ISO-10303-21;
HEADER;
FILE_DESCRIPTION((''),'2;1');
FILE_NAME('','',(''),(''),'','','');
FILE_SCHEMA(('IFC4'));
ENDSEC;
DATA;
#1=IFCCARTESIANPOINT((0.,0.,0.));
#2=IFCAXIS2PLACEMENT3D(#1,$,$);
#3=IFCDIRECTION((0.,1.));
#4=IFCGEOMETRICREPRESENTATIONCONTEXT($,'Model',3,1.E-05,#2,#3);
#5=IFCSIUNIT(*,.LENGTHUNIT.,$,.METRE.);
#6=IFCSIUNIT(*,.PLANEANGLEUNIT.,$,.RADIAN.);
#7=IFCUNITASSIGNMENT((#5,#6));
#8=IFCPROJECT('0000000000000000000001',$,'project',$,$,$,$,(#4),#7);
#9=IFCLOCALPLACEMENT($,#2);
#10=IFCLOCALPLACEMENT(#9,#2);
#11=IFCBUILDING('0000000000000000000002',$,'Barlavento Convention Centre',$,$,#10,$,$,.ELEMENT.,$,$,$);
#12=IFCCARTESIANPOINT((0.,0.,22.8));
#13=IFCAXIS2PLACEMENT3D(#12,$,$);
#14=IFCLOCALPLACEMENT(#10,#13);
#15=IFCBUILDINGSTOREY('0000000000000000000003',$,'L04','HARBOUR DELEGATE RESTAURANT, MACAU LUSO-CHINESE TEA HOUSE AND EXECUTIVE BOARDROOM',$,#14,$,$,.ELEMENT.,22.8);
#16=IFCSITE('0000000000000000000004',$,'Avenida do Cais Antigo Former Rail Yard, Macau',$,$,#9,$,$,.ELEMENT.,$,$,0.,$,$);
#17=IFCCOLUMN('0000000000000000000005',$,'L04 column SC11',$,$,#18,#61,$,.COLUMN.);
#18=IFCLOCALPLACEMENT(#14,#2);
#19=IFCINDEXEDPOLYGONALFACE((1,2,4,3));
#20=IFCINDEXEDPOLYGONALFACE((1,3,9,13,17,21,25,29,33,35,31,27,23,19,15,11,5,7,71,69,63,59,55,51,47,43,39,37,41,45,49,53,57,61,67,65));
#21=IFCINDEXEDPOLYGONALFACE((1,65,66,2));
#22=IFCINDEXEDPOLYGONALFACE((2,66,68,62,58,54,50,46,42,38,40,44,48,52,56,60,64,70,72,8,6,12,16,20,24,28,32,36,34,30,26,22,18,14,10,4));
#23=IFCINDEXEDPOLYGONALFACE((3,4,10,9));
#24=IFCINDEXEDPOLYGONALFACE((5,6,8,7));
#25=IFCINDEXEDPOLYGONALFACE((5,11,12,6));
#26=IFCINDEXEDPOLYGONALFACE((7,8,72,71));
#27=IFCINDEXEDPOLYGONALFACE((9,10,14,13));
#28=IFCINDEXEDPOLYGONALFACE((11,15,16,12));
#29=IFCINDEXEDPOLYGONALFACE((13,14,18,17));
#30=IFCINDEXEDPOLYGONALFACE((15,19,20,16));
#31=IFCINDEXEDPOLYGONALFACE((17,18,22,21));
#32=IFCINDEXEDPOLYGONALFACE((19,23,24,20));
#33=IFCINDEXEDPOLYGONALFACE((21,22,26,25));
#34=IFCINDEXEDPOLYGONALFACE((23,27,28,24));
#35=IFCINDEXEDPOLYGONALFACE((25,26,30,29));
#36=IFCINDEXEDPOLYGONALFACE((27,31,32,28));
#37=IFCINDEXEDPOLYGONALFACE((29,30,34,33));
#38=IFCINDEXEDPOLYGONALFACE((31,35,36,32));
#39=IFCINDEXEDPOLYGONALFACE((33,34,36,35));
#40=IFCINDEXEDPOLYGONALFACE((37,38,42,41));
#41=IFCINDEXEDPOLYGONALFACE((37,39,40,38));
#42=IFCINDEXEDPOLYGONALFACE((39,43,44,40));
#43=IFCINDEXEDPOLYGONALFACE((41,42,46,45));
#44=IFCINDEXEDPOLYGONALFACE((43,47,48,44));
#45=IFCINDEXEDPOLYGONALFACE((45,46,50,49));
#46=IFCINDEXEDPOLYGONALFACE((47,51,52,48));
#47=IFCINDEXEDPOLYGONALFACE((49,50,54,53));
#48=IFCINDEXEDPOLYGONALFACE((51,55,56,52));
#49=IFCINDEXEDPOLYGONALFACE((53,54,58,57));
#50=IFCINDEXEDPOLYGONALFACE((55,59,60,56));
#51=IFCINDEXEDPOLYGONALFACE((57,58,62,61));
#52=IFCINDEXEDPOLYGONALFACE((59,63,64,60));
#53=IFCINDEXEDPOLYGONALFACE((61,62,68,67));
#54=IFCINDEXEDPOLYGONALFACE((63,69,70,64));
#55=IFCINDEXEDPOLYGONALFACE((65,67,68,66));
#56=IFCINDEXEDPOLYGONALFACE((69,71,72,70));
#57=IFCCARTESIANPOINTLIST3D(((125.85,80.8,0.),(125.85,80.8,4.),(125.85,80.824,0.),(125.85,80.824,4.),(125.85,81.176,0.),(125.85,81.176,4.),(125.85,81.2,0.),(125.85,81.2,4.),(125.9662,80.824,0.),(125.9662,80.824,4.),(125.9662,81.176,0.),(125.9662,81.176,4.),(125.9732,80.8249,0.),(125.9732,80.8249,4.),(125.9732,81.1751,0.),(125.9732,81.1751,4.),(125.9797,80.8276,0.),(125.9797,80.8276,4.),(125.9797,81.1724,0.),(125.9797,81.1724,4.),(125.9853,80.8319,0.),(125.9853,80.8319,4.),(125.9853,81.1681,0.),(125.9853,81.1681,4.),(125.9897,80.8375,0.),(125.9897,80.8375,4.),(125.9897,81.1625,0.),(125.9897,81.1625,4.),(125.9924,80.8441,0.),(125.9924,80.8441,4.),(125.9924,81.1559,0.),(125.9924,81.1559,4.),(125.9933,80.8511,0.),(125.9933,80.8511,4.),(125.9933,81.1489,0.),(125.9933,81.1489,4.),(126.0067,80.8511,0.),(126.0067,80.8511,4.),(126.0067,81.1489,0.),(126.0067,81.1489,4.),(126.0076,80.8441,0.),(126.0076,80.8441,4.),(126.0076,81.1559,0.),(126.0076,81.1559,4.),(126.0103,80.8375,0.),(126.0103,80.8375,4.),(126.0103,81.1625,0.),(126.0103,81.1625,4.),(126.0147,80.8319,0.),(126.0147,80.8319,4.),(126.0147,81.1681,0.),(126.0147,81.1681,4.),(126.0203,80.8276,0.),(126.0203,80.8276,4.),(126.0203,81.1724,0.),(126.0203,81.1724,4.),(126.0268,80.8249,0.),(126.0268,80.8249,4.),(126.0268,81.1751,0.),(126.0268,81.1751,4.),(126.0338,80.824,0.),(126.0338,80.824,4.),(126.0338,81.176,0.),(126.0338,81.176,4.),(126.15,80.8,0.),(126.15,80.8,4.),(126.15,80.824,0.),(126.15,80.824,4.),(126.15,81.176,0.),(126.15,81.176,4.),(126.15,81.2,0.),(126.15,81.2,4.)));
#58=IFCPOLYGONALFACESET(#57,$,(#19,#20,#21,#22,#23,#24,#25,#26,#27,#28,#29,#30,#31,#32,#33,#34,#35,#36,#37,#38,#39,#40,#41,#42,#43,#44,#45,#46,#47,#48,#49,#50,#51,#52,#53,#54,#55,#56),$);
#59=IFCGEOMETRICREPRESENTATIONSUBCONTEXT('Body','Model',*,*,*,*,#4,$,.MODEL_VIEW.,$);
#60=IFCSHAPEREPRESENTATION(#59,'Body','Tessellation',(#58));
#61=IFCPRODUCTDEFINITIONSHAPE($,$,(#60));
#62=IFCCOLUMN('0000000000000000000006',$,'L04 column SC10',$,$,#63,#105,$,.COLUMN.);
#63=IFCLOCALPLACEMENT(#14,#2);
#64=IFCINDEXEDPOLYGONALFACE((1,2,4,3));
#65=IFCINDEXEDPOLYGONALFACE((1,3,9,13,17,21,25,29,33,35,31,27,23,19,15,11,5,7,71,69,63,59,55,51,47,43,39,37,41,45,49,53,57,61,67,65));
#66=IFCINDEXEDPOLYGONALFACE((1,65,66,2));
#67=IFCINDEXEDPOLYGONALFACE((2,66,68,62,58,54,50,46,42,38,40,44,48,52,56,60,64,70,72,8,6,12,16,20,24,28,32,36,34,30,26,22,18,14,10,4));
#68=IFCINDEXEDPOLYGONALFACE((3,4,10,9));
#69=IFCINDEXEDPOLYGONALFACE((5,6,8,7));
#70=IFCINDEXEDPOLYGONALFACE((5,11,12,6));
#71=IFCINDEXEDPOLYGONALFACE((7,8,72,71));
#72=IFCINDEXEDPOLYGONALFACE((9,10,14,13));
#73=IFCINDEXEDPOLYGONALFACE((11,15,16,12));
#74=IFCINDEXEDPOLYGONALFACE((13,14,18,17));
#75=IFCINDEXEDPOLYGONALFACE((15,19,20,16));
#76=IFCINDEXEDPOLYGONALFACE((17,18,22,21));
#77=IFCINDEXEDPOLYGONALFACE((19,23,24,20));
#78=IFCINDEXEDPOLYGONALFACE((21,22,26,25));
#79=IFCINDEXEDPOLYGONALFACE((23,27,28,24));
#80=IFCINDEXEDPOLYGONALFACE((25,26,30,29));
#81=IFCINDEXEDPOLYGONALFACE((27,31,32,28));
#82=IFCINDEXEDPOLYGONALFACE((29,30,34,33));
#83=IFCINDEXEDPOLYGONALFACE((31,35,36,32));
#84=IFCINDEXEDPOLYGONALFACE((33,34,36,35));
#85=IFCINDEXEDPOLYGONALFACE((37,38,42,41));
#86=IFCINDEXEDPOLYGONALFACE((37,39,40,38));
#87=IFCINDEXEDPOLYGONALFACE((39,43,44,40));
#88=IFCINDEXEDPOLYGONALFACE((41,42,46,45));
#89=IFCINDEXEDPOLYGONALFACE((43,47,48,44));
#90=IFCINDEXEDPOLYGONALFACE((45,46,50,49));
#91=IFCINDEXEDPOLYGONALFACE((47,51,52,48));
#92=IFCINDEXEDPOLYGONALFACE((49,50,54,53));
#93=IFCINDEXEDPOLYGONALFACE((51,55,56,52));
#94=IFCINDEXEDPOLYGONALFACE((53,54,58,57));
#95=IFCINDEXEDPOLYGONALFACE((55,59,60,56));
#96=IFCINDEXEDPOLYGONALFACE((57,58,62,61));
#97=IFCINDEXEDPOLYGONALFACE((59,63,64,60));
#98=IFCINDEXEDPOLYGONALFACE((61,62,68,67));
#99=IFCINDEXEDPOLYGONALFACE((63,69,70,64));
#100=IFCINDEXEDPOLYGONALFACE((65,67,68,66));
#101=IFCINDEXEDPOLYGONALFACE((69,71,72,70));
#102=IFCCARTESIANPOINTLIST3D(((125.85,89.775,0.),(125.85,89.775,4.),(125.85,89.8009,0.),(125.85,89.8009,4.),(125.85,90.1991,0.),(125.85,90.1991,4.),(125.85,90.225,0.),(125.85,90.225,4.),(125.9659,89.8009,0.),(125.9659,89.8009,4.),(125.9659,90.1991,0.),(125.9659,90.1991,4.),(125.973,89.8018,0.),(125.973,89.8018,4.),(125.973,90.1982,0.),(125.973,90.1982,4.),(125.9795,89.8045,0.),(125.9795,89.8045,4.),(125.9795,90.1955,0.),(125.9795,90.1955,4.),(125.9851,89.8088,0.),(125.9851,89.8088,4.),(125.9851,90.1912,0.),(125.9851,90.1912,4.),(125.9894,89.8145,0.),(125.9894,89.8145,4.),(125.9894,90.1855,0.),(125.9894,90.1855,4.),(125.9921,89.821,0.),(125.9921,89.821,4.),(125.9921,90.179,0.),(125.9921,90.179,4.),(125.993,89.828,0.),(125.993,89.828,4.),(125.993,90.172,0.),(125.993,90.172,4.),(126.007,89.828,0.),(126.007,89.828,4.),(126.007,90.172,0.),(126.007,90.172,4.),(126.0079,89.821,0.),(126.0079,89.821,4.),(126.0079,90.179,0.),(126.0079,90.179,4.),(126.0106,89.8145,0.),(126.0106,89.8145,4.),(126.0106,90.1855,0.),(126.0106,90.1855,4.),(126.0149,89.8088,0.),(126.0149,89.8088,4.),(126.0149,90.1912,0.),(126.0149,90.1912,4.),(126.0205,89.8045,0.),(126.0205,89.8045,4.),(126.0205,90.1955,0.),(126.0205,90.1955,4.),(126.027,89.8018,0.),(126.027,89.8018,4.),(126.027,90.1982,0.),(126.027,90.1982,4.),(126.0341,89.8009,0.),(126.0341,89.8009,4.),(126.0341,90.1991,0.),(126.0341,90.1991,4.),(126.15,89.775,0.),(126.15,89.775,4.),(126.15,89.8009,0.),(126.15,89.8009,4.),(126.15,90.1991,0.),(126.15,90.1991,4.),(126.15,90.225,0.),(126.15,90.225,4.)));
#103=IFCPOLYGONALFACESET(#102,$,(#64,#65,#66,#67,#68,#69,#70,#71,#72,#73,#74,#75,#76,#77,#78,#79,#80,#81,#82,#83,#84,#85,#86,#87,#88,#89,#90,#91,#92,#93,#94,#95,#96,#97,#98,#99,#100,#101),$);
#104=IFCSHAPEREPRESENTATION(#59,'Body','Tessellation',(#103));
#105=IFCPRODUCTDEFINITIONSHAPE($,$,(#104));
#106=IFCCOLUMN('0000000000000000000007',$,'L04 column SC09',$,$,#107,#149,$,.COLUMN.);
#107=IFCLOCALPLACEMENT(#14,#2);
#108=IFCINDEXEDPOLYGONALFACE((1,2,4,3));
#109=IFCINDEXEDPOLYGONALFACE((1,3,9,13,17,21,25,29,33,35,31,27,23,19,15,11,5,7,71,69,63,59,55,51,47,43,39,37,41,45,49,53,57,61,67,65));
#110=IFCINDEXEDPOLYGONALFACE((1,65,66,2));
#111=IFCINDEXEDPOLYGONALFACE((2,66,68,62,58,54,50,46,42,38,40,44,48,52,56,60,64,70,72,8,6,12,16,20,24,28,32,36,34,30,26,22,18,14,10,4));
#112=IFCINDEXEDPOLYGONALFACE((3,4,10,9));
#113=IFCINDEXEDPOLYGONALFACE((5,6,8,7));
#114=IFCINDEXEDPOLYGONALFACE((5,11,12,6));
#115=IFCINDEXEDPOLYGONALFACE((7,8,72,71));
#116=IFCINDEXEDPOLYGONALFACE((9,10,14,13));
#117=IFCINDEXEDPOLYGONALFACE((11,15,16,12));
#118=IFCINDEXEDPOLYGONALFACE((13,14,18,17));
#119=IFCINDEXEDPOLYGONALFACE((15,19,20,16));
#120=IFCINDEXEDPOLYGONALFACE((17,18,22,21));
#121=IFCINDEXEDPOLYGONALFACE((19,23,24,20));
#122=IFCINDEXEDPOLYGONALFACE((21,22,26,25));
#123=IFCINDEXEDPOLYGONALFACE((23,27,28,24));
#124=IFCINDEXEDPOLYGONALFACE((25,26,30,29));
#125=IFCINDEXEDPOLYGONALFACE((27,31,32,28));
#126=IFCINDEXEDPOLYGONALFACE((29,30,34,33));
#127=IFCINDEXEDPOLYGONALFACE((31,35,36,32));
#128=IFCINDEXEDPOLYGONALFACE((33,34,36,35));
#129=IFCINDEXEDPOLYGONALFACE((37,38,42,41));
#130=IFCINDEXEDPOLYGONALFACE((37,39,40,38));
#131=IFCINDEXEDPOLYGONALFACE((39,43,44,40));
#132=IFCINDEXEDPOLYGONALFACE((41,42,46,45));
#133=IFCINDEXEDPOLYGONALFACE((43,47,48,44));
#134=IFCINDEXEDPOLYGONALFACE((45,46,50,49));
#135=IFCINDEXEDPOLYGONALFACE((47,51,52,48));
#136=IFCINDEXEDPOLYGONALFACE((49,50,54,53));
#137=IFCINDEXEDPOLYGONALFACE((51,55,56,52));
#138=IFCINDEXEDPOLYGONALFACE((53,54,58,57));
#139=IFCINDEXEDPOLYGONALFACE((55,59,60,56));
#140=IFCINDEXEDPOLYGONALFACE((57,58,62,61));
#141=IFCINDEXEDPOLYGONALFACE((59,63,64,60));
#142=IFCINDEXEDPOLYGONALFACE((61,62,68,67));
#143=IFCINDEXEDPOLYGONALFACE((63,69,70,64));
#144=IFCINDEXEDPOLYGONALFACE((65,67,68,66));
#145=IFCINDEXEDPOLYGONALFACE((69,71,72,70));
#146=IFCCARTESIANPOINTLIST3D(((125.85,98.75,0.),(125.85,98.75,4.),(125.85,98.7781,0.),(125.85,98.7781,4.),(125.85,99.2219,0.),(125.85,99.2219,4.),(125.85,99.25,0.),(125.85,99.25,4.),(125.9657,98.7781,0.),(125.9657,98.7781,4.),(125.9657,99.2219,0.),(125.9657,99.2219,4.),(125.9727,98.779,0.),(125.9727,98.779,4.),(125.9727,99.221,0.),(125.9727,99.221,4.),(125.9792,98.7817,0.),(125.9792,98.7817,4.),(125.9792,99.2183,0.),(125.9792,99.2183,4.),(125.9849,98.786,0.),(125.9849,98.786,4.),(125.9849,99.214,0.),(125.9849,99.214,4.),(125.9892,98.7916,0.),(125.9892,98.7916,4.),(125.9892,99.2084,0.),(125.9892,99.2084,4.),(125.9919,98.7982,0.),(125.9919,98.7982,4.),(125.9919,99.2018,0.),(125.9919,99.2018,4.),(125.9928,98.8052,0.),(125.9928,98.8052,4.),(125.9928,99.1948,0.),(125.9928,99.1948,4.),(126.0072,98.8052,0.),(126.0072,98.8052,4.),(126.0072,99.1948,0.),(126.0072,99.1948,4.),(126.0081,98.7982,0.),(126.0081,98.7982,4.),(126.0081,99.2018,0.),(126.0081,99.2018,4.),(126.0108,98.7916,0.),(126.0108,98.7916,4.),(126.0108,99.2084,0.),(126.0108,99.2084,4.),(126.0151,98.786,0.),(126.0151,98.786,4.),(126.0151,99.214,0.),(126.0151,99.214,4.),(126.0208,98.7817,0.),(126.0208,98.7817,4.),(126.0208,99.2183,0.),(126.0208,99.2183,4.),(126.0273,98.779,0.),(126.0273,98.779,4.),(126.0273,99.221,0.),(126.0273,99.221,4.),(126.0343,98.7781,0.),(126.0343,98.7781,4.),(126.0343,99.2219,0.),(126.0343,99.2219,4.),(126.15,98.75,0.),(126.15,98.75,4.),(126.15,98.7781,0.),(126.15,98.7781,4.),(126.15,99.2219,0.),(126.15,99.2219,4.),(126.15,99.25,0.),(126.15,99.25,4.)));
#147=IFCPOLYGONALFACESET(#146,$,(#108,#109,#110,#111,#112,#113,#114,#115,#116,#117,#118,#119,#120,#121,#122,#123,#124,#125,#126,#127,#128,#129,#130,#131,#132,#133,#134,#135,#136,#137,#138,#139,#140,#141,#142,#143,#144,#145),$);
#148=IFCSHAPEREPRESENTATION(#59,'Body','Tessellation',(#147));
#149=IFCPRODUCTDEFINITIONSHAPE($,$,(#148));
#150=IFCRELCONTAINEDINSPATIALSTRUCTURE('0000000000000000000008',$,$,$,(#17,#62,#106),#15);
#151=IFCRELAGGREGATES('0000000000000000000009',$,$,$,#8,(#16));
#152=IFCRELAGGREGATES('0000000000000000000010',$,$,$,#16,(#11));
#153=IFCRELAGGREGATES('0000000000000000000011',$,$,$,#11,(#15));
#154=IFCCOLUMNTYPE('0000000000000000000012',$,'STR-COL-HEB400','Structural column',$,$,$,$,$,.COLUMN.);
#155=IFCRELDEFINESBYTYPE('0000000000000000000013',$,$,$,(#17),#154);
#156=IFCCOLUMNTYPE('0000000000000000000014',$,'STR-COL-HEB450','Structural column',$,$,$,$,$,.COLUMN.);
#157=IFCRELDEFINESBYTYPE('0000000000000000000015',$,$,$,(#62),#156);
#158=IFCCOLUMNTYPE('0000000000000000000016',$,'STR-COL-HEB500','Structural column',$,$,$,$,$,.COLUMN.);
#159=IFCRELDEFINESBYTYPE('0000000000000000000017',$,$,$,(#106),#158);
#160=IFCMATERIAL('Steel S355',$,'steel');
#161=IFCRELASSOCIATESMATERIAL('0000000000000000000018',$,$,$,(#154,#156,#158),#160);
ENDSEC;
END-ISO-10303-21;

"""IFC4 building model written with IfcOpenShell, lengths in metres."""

from ifc_helpers import new_model, si_unit, direction, frame, origin, origin_2d, place, context, subcontext, project, spatial, i_section, extrude, material, material_profile, profile_set, type_object, element, save


model = new_model("IFC4")

# Units and contexts
model_context = context("Model", 3, precision=1e-05, world=origin(), true_north=direction((0.0, 1.0)))
body_context = subcontext(model_context, "Body", "Model", "MODEL_VIEW")
ifc_project = project(units=[si_unit("LENGTHUNIT", "METRE"), si_unit("PLANEANGLEUNIT", "RADIAN")], contexts=[model_context])

# Site, building, storey
site_placement = place(None, origin())
site = spatial("IfcSite", under=ifc_project, at=site_placement, Name="Avenida do Cais Antigo Former Rail Yard, Macau", CompositionType="ELEMENT", RefElevation=0.0)
building_placement = place(site_placement, origin())
building = spatial("IfcBuilding", under=site, at=building_placement, Name="Barlavento Convention Centre", CompositionType="ELEMENT")
storey_placement = place(building_placement, frame((0.0, 0.0, 22.8)))
storey = spatial("IfcBuildingStorey", under=building, at=storey_placement, Name="L04", Description="HARBOUR DELEGATE RESTAURANT, MACAU LUSO-CHINESE TEA HOUSE AND EXECUTIVE BOARDROOM", CompositionType="ELEMENT", Elevation=22.8)

# Columns
ifc_material_1 = material(Name="Steel S355", Category="steel")
ifc_material_profile_1 = material_profile(ifc_material_1, i_section(OverallWidth=0.3, OverallDepth=0.3999, WebThickness=0.0134, FlangeThickness=0.0239, FilletRadius=0.0271, at=origin_2d()), Name="HEB 400")
ifc_profile_set_1 = profile_set([ifc_material_profile_1], Name="Steel S355")
column_type_1 = type_object("IfcColumnType", Name="STR-COL-HEB400", Description="Structural column", PredefinedType="COLUMN", material=ifc_profile_set_1)
column_1_placement = place(storey_placement, frame((126.0, 81.0, 0.0), z_axis=(0.0, 0.0, 1.0), x_axis=(1.0, 0.0, 0.0)))
element("IfcColumn", 1, at=column_1_placement, inside=storey, type_object=column_type_1, Name="L04 column SC11", PredefinedType="COLUMN", context=body_context, shape_type="SweptSolid", body=[
    extrude(i_section(OverallWidth=0.3, OverallDepth=0.3999, WebThickness=0.0134, FlangeThickness=0.0239, FilletRadius=0.0271, at=origin_2d()), origin(), (0.0, 0.0, 1.0), 4.0),
])
ifc_material_profile_2 = material_profile(ifc_material_1, i_section(OverallWidth=0.3, OverallDepth=0.45, WebThickness=0.0139, FlangeThickness=0.0259, FilletRadius=0.0271, at=origin_2d()), Name="HEB 450")
ifc_profile_set_2 = profile_set([ifc_material_profile_2], Name="Steel S355")
column_type_2 = type_object("IfcColumnType", Name="STR-COL-HEB450", Description="Structural column", PredefinedType="COLUMN", material=ifc_profile_set_2)
column_2_placement = place(storey_placement, frame((126.0, 90.0, 0.0), z_axis=(0.0, 0.0, 1.0), x_axis=(1.0, 0.0, 0.0)))
element("IfcColumn", 2, at=column_2_placement, inside=storey, type_object=column_type_2, Name="L04 column SC10", PredefinedType="COLUMN", context=body_context, shape_type="SweptSolid", body=[
    extrude(i_section(OverallWidth=0.3, OverallDepth=0.45, WebThickness=0.0139, FlangeThickness=0.0259, FilletRadius=0.0271, at=origin_2d()), origin(), (0.0, 0.0, 1.0), 4.0),
])
ifc_material_profile_3 = material_profile(ifc_material_1, i_section(OverallWidth=0.3, OverallDepth=0.5, WebThickness=0.0144, FlangeThickness=0.0281, FilletRadius=0.0271, at=origin_2d()), Name="HEB 500")
ifc_profile_set_3 = profile_set([ifc_material_profile_3], Name="Steel S355")
column_type_3 = type_object("IfcColumnType", Name="STR-COL-HEB500", Description="Structural column", PredefinedType="COLUMN", material=ifc_profile_set_3)
column_3_placement = place(storey_placement, frame((126.0, 99.0, 0.0), z_axis=(0.0, 0.0, 1.0), x_axis=(1.0, 0.0, 0.0)))
element("IfcColumn", 3, at=column_3_placement, inside=storey, type_object=column_type_3, Name="L04 column SC09", PredefinedType="COLUMN", context=body_context, shape_type="SweptSolid", body=[
    extrude(i_section(OverallWidth=0.3, OverallDepth=0.5, WebThickness=0.0144, FlangeThickness=0.0281, FilletRadius=0.0271, at=origin_2d()), origin(), (0.0, 0.0, 1.0), 4.0),
])

save(model, "model.ifc")
